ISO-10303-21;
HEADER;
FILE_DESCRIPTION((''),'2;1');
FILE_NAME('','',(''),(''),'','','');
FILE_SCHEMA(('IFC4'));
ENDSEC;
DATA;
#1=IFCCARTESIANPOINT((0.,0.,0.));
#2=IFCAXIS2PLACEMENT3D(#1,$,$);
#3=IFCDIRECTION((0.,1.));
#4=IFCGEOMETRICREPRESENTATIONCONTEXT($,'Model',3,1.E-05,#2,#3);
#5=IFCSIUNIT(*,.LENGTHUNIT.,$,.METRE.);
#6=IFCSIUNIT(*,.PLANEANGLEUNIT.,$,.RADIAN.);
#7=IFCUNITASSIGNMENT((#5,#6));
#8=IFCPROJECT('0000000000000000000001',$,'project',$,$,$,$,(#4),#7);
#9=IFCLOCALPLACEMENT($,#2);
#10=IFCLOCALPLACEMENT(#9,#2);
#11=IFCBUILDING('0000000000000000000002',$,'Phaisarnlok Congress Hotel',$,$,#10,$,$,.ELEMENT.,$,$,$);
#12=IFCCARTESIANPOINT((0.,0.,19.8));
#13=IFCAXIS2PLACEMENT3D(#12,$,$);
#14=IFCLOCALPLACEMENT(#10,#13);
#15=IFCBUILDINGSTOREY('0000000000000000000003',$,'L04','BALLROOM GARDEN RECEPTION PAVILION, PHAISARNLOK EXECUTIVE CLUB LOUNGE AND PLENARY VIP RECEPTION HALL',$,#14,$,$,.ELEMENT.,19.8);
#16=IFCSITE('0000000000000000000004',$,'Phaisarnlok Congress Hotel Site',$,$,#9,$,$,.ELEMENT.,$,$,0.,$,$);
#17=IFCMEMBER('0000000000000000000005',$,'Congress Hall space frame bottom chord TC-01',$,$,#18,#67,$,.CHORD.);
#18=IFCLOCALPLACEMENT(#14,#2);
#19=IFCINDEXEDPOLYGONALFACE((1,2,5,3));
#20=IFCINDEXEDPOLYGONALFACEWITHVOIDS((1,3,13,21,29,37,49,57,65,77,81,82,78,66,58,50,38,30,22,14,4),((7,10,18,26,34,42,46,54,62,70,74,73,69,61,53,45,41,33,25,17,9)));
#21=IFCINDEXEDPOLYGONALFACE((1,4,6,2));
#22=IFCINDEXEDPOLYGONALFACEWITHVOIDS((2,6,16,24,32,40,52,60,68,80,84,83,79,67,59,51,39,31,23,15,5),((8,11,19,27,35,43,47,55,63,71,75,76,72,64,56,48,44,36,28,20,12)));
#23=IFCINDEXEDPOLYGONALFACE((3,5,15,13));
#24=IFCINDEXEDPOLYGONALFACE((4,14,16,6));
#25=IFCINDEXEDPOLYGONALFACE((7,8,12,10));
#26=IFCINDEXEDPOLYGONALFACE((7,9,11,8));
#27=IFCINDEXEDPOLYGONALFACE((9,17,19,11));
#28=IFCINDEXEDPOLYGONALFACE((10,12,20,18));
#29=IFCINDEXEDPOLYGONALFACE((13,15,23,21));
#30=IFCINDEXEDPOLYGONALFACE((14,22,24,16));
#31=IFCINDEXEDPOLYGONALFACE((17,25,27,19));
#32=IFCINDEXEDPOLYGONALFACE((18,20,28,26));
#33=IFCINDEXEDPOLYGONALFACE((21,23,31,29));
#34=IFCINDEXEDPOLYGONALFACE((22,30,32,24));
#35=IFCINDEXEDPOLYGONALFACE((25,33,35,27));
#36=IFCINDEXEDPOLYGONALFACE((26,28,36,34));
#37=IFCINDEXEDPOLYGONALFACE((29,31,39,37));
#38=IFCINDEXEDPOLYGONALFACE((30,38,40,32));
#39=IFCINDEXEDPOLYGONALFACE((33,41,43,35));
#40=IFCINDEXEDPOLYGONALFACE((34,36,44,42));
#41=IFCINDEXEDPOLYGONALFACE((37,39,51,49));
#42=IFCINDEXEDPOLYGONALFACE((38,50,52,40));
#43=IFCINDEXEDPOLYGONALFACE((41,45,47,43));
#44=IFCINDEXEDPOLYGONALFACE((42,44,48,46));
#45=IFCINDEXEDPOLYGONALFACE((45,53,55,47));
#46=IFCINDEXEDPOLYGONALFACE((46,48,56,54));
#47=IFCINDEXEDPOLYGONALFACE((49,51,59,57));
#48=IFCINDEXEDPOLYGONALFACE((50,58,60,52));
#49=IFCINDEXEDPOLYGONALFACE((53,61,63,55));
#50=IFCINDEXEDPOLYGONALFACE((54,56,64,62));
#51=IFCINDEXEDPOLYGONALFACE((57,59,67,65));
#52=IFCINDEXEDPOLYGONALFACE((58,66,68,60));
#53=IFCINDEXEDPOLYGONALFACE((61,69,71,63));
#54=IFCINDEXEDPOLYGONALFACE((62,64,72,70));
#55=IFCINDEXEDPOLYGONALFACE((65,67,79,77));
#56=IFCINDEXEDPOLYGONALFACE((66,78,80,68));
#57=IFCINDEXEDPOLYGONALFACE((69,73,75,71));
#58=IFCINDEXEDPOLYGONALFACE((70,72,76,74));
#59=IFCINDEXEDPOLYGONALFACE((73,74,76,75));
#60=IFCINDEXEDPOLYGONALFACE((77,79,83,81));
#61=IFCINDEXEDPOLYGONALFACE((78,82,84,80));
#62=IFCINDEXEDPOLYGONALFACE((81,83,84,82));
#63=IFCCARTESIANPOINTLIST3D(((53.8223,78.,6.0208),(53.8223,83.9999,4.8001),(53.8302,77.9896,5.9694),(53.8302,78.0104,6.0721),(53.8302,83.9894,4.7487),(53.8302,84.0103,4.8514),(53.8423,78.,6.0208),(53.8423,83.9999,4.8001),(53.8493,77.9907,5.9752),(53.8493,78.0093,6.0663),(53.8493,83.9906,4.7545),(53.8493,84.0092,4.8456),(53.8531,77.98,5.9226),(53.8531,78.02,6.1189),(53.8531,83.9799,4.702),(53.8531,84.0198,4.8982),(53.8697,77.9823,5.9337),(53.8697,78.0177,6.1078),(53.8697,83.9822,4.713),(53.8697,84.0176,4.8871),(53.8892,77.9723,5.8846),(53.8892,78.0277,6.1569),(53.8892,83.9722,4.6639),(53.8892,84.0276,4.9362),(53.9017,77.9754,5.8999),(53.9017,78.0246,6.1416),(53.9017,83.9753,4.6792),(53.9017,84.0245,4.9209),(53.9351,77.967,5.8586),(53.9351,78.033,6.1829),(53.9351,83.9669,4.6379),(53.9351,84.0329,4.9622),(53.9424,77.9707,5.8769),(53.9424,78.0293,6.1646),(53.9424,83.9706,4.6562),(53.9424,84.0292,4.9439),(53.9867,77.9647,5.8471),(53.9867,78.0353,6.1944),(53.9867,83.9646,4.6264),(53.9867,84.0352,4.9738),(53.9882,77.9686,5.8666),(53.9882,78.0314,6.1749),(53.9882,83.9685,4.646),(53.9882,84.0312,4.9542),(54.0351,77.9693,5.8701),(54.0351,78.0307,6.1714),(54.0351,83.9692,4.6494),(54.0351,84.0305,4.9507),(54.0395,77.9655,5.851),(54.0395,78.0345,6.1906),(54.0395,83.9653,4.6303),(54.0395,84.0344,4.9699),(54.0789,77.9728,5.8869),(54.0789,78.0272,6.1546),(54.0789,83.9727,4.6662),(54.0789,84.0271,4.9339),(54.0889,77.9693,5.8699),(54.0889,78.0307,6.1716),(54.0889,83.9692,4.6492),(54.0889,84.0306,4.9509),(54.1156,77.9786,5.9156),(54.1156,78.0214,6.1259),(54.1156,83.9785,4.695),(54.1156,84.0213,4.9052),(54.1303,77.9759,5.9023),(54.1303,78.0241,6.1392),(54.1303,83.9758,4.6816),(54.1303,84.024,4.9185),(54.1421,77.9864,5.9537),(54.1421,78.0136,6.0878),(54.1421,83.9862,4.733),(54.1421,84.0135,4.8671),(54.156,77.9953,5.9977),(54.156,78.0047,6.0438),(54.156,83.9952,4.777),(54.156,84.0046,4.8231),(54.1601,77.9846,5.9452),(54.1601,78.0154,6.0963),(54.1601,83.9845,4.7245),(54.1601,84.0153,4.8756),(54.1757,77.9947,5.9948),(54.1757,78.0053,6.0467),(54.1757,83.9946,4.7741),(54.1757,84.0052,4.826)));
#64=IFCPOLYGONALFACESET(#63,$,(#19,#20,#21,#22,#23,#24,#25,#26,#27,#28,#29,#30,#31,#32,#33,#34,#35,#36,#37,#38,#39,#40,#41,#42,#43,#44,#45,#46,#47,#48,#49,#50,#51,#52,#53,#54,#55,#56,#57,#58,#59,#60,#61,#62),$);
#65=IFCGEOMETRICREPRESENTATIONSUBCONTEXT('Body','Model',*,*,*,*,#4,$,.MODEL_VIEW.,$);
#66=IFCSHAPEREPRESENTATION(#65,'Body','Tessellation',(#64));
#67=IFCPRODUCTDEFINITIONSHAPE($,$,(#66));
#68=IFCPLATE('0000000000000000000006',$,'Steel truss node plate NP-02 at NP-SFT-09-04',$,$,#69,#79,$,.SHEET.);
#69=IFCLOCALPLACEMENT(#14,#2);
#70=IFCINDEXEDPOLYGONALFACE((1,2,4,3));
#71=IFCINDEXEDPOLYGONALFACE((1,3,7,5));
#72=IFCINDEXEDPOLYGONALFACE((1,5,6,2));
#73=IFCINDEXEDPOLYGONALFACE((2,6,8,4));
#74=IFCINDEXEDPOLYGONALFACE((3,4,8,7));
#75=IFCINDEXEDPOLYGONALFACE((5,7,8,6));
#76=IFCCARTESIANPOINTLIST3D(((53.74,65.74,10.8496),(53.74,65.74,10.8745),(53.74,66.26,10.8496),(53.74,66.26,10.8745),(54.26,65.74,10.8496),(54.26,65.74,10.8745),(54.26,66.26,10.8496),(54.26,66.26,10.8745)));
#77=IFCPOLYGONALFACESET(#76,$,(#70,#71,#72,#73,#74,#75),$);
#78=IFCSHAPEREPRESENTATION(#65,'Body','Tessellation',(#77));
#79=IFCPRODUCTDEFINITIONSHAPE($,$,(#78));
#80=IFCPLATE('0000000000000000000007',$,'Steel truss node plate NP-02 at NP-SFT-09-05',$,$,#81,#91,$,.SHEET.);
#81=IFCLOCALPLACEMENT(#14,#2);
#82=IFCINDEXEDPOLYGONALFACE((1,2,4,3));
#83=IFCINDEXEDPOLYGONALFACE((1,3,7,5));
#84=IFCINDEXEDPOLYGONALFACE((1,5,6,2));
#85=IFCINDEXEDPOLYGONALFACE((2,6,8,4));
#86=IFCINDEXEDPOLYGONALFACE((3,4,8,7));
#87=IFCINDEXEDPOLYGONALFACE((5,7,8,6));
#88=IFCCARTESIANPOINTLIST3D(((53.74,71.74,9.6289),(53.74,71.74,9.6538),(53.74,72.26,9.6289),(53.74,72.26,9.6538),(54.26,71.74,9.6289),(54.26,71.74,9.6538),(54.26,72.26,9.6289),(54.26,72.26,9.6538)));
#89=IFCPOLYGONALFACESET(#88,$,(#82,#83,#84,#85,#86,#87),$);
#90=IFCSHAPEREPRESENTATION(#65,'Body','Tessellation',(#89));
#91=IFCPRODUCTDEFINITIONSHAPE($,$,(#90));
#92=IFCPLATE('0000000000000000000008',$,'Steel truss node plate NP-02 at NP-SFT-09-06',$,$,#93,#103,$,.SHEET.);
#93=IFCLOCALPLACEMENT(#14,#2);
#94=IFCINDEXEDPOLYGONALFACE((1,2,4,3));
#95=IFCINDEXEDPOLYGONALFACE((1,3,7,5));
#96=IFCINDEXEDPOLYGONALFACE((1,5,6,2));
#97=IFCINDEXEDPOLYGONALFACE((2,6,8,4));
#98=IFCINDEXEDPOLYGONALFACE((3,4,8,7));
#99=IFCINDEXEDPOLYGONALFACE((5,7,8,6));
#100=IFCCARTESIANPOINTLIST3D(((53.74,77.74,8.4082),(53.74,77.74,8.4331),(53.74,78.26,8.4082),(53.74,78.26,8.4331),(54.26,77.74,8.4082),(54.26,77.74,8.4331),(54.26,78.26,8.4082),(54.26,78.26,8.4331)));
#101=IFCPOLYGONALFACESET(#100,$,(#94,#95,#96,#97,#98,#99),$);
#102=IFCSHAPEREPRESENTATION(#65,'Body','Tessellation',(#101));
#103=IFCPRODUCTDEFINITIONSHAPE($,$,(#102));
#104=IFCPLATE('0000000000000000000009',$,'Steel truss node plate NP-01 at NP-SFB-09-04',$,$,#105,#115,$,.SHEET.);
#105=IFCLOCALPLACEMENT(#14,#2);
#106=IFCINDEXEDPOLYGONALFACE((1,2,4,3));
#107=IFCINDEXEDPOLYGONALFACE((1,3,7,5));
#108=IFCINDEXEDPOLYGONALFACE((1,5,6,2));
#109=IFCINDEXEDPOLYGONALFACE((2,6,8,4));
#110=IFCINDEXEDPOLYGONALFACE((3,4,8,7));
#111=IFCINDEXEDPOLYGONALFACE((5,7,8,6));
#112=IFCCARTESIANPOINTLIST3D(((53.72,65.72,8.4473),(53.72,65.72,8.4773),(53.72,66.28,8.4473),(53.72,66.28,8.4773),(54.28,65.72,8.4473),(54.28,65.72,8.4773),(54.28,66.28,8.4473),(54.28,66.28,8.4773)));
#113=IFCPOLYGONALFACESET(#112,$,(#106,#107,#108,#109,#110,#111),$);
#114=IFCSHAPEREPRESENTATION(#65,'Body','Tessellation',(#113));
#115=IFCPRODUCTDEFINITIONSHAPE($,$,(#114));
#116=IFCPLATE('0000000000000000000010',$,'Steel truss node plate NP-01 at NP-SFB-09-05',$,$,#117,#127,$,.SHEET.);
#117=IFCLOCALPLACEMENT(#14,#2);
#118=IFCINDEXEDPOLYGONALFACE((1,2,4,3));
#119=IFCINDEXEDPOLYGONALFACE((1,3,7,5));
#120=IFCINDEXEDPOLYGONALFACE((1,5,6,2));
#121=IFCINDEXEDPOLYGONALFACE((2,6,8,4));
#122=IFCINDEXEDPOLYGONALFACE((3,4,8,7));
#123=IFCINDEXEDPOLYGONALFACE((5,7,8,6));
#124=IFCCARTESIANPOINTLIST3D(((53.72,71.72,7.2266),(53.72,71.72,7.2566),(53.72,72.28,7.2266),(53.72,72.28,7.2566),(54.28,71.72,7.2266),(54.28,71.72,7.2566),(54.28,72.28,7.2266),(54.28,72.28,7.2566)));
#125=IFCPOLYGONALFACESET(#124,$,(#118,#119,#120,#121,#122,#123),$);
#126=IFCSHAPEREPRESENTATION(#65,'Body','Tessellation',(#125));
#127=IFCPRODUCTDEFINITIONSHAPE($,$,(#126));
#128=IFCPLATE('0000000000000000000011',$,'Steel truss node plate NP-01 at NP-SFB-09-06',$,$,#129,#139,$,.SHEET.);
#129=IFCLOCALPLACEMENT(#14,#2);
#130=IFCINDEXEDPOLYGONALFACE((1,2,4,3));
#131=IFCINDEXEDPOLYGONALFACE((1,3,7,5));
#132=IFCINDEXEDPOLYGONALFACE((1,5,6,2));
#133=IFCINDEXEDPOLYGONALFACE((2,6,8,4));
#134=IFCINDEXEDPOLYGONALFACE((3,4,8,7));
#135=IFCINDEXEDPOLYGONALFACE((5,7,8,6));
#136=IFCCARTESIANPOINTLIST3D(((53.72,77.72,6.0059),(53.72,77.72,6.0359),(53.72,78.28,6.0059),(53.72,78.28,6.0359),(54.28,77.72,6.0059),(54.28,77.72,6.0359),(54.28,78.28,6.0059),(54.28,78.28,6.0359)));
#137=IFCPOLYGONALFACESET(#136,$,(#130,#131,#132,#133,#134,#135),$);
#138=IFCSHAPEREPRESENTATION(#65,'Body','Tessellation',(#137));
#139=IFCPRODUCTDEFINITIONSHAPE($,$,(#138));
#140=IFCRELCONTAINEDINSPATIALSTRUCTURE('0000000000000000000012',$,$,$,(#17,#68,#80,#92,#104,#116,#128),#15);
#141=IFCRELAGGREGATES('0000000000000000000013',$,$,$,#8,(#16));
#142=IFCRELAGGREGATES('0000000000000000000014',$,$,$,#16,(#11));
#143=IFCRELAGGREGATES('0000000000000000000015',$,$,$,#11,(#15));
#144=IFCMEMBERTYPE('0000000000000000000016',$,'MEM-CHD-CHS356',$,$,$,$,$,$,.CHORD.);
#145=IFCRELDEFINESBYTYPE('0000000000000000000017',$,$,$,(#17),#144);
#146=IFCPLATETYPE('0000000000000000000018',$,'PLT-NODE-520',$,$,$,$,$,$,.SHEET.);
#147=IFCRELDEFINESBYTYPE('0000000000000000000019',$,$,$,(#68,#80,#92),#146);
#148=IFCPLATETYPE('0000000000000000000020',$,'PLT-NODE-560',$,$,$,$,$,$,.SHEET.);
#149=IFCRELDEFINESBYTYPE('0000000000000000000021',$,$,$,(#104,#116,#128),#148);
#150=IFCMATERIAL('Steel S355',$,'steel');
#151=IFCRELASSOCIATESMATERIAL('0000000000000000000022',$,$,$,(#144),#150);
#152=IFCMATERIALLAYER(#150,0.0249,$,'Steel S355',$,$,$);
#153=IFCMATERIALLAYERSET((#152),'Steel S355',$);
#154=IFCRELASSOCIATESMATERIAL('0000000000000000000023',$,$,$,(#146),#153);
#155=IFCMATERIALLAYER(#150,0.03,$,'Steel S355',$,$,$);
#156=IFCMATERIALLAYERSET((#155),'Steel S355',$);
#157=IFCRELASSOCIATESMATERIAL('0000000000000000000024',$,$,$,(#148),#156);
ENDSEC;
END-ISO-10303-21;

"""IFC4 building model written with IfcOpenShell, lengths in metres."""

from ifc_helpers import new_model, si_unit, direction, frame, origin, origin_2d, place, context, subcontext, project, spatial, rectangle, hollow_circle, extrude, material, layer, layer_set, material_profile, profile_set, type_object, element, save


model = new_model("IFC4")

# Units and contexts
model_context = context("Model", 3, precision=1e-05, world=origin(), true_north=direction((0.0, 1.0)))
body_context = subcontext(model_context, "Body", "Model", "MODEL_VIEW")
ifc_project = project(units=[si_unit("LENGTHUNIT", "METRE"), si_unit("PLANEANGLEUNIT", "RADIAN")], contexts=[model_context])

# Site, building, storey
site_placement = place(None, origin())
site = spatial("IfcSite", under=ifc_project, at=site_placement, Name="Phaisarnlok Congress Hotel Site", CompositionType="ELEMENT", RefElevation=0.0)
building_placement = place(site_placement, origin())
building = spatial("IfcBuilding", under=site, at=building_placement, Name="Phaisarnlok Congress Hotel", CompositionType="ELEMENT")
storey_placement = place(building_placement, frame((0.0, 0.0, 19.8)))
storey = spatial("IfcBuildingStorey", under=building, at=storey_placement, Name="L04", Description="BALLROOM GARDEN RECEPTION PAVILION, PHAISARNLOK EXECUTIVE CLUB LOUNGE AND PLENARY VIP RECEPTION HALL", CompositionType="ELEMENT", Elevation=19.8)

# Member
ifc_material = material(Name="Steel S355", Category="steel")
ifc_material_profile_1 = material_profile(ifc_material, hollow_circle(Radius=0.1777, WallThickness=0.02, at=origin_2d()), Name="CHS 355.6x20")
ifc_profile_set_1 = profile_set([ifc_material_profile_1], Name="Steel S355")
member_type_1 = type_object("IfcMemberType", Name="MEM-CHD-CHS356", PredefinedType="CHORD", material=ifc_profile_set_1)
member_1_placement = place(storey_placement, frame((54.0, 78.0, 6.0208), z_axis=(0.0, 0.979925, -0.199366), x_axis=(-1.0, 0.0, 0.0)))
element("IfcMember", 1, at=member_1_placement, inside=storey, type_object=member_type_1, Name="Congress Hall space frame bottom chord TC-01", PredefinedType="CHORD", context=body_context, shape_type="SweptSolid", body=[
    extrude(hollow_circle(Radius=0.1777, WallThickness=0.02, at=origin_2d()), origin(), (0.0, 0.0, 1.0), 6.1228),
])

# Plates
ifc_layer_1 = layer(ifc_material, 0.0249, Name="Steel S355")
ifc_layer_set_1 = layer_set([ifc_layer_1], Name="Steel S355")
plate_type_1 = type_object("IfcPlateType", Name="PLT-NODE-520", PredefinedType="SHEET", material=ifc_layer_set_1)
for number, where, z_axis, x_axis, name in (
    (2, (54.0, 66.0, 10.8496), (0.0, 0.0, 1.0), (1.0, 0.0, 0.0), "Steel truss node plate NP-02 at NP-SFT-09-04"),
    (3, (54.0, 72.0, 9.6289), (0.0, 0.0, 1.0), (1.0, 0.0, 0.0), "Steel truss node plate NP-02 at NP-SFT-09-05"),
    (4, (54.0, 78.0, 8.4082), (0.0, 0.0, 1.0), (1.0, 0.0, 0.0), "Steel truss node plate NP-02 at NP-SFT-09-06"),
):
    element("IfcPlate", number, at=place(storey_placement, frame(where, z_axis=z_axis, x_axis=x_axis)), inside=storey, type_object=plate_type_1, Name=name, PredefinedType="SHEET", context=body_context, shape_type="SweptSolid", body=[
        extrude(rectangle(XDim=0.52, YDim=0.52, at=origin_2d()), origin(), (0.0, 0.0, 1.0), 0.0249),
    ])
ifc_layer_2 = layer(ifc_material, 0.03, Name="Steel S355")
ifc_layer_set_2 = layer_set([ifc_layer_2], Name="Steel S355")
plate_type_2 = type_object("IfcPlateType", Name="PLT-NODE-560", PredefinedType="SHEET", material=ifc_layer_set_2)
for number, where, z_axis, x_axis, name in (
    (5, (54.0, 66.0, 8.4473), (0.0, 0.0, 1.0), (1.0, 0.0, 0.0), "Steel truss node plate NP-01 at NP-SFB-09-04"),
    (6, (54.0, 72.0, 7.2266), (0.0, 0.0, 1.0), (1.0, 0.0, 0.0), "Steel truss node plate NP-01 at NP-SFB-09-05"),
    (7, (54.0, 78.0, 6.0059), (0.0, 0.0, 1.0), (1.0, 0.0, 0.0), "Steel truss node plate NP-01 at NP-SFB-09-06"),
):
    element("IfcPlate", number, at=place(storey_placement, frame(where, z_axis=z_axis, x_axis=x_axis)), inside=storey, type_object=plate_type_2, Name=name, PredefinedType="SHEET", context=body_context, shape_type="SweptSolid", body=[
        extrude(rectangle(XDim=0.5601, YDim=0.5601, at=origin_2d()), origin(), (0.0, 0.0, 1.0), 0.03),
    ])

save(model, "model.ifc")
